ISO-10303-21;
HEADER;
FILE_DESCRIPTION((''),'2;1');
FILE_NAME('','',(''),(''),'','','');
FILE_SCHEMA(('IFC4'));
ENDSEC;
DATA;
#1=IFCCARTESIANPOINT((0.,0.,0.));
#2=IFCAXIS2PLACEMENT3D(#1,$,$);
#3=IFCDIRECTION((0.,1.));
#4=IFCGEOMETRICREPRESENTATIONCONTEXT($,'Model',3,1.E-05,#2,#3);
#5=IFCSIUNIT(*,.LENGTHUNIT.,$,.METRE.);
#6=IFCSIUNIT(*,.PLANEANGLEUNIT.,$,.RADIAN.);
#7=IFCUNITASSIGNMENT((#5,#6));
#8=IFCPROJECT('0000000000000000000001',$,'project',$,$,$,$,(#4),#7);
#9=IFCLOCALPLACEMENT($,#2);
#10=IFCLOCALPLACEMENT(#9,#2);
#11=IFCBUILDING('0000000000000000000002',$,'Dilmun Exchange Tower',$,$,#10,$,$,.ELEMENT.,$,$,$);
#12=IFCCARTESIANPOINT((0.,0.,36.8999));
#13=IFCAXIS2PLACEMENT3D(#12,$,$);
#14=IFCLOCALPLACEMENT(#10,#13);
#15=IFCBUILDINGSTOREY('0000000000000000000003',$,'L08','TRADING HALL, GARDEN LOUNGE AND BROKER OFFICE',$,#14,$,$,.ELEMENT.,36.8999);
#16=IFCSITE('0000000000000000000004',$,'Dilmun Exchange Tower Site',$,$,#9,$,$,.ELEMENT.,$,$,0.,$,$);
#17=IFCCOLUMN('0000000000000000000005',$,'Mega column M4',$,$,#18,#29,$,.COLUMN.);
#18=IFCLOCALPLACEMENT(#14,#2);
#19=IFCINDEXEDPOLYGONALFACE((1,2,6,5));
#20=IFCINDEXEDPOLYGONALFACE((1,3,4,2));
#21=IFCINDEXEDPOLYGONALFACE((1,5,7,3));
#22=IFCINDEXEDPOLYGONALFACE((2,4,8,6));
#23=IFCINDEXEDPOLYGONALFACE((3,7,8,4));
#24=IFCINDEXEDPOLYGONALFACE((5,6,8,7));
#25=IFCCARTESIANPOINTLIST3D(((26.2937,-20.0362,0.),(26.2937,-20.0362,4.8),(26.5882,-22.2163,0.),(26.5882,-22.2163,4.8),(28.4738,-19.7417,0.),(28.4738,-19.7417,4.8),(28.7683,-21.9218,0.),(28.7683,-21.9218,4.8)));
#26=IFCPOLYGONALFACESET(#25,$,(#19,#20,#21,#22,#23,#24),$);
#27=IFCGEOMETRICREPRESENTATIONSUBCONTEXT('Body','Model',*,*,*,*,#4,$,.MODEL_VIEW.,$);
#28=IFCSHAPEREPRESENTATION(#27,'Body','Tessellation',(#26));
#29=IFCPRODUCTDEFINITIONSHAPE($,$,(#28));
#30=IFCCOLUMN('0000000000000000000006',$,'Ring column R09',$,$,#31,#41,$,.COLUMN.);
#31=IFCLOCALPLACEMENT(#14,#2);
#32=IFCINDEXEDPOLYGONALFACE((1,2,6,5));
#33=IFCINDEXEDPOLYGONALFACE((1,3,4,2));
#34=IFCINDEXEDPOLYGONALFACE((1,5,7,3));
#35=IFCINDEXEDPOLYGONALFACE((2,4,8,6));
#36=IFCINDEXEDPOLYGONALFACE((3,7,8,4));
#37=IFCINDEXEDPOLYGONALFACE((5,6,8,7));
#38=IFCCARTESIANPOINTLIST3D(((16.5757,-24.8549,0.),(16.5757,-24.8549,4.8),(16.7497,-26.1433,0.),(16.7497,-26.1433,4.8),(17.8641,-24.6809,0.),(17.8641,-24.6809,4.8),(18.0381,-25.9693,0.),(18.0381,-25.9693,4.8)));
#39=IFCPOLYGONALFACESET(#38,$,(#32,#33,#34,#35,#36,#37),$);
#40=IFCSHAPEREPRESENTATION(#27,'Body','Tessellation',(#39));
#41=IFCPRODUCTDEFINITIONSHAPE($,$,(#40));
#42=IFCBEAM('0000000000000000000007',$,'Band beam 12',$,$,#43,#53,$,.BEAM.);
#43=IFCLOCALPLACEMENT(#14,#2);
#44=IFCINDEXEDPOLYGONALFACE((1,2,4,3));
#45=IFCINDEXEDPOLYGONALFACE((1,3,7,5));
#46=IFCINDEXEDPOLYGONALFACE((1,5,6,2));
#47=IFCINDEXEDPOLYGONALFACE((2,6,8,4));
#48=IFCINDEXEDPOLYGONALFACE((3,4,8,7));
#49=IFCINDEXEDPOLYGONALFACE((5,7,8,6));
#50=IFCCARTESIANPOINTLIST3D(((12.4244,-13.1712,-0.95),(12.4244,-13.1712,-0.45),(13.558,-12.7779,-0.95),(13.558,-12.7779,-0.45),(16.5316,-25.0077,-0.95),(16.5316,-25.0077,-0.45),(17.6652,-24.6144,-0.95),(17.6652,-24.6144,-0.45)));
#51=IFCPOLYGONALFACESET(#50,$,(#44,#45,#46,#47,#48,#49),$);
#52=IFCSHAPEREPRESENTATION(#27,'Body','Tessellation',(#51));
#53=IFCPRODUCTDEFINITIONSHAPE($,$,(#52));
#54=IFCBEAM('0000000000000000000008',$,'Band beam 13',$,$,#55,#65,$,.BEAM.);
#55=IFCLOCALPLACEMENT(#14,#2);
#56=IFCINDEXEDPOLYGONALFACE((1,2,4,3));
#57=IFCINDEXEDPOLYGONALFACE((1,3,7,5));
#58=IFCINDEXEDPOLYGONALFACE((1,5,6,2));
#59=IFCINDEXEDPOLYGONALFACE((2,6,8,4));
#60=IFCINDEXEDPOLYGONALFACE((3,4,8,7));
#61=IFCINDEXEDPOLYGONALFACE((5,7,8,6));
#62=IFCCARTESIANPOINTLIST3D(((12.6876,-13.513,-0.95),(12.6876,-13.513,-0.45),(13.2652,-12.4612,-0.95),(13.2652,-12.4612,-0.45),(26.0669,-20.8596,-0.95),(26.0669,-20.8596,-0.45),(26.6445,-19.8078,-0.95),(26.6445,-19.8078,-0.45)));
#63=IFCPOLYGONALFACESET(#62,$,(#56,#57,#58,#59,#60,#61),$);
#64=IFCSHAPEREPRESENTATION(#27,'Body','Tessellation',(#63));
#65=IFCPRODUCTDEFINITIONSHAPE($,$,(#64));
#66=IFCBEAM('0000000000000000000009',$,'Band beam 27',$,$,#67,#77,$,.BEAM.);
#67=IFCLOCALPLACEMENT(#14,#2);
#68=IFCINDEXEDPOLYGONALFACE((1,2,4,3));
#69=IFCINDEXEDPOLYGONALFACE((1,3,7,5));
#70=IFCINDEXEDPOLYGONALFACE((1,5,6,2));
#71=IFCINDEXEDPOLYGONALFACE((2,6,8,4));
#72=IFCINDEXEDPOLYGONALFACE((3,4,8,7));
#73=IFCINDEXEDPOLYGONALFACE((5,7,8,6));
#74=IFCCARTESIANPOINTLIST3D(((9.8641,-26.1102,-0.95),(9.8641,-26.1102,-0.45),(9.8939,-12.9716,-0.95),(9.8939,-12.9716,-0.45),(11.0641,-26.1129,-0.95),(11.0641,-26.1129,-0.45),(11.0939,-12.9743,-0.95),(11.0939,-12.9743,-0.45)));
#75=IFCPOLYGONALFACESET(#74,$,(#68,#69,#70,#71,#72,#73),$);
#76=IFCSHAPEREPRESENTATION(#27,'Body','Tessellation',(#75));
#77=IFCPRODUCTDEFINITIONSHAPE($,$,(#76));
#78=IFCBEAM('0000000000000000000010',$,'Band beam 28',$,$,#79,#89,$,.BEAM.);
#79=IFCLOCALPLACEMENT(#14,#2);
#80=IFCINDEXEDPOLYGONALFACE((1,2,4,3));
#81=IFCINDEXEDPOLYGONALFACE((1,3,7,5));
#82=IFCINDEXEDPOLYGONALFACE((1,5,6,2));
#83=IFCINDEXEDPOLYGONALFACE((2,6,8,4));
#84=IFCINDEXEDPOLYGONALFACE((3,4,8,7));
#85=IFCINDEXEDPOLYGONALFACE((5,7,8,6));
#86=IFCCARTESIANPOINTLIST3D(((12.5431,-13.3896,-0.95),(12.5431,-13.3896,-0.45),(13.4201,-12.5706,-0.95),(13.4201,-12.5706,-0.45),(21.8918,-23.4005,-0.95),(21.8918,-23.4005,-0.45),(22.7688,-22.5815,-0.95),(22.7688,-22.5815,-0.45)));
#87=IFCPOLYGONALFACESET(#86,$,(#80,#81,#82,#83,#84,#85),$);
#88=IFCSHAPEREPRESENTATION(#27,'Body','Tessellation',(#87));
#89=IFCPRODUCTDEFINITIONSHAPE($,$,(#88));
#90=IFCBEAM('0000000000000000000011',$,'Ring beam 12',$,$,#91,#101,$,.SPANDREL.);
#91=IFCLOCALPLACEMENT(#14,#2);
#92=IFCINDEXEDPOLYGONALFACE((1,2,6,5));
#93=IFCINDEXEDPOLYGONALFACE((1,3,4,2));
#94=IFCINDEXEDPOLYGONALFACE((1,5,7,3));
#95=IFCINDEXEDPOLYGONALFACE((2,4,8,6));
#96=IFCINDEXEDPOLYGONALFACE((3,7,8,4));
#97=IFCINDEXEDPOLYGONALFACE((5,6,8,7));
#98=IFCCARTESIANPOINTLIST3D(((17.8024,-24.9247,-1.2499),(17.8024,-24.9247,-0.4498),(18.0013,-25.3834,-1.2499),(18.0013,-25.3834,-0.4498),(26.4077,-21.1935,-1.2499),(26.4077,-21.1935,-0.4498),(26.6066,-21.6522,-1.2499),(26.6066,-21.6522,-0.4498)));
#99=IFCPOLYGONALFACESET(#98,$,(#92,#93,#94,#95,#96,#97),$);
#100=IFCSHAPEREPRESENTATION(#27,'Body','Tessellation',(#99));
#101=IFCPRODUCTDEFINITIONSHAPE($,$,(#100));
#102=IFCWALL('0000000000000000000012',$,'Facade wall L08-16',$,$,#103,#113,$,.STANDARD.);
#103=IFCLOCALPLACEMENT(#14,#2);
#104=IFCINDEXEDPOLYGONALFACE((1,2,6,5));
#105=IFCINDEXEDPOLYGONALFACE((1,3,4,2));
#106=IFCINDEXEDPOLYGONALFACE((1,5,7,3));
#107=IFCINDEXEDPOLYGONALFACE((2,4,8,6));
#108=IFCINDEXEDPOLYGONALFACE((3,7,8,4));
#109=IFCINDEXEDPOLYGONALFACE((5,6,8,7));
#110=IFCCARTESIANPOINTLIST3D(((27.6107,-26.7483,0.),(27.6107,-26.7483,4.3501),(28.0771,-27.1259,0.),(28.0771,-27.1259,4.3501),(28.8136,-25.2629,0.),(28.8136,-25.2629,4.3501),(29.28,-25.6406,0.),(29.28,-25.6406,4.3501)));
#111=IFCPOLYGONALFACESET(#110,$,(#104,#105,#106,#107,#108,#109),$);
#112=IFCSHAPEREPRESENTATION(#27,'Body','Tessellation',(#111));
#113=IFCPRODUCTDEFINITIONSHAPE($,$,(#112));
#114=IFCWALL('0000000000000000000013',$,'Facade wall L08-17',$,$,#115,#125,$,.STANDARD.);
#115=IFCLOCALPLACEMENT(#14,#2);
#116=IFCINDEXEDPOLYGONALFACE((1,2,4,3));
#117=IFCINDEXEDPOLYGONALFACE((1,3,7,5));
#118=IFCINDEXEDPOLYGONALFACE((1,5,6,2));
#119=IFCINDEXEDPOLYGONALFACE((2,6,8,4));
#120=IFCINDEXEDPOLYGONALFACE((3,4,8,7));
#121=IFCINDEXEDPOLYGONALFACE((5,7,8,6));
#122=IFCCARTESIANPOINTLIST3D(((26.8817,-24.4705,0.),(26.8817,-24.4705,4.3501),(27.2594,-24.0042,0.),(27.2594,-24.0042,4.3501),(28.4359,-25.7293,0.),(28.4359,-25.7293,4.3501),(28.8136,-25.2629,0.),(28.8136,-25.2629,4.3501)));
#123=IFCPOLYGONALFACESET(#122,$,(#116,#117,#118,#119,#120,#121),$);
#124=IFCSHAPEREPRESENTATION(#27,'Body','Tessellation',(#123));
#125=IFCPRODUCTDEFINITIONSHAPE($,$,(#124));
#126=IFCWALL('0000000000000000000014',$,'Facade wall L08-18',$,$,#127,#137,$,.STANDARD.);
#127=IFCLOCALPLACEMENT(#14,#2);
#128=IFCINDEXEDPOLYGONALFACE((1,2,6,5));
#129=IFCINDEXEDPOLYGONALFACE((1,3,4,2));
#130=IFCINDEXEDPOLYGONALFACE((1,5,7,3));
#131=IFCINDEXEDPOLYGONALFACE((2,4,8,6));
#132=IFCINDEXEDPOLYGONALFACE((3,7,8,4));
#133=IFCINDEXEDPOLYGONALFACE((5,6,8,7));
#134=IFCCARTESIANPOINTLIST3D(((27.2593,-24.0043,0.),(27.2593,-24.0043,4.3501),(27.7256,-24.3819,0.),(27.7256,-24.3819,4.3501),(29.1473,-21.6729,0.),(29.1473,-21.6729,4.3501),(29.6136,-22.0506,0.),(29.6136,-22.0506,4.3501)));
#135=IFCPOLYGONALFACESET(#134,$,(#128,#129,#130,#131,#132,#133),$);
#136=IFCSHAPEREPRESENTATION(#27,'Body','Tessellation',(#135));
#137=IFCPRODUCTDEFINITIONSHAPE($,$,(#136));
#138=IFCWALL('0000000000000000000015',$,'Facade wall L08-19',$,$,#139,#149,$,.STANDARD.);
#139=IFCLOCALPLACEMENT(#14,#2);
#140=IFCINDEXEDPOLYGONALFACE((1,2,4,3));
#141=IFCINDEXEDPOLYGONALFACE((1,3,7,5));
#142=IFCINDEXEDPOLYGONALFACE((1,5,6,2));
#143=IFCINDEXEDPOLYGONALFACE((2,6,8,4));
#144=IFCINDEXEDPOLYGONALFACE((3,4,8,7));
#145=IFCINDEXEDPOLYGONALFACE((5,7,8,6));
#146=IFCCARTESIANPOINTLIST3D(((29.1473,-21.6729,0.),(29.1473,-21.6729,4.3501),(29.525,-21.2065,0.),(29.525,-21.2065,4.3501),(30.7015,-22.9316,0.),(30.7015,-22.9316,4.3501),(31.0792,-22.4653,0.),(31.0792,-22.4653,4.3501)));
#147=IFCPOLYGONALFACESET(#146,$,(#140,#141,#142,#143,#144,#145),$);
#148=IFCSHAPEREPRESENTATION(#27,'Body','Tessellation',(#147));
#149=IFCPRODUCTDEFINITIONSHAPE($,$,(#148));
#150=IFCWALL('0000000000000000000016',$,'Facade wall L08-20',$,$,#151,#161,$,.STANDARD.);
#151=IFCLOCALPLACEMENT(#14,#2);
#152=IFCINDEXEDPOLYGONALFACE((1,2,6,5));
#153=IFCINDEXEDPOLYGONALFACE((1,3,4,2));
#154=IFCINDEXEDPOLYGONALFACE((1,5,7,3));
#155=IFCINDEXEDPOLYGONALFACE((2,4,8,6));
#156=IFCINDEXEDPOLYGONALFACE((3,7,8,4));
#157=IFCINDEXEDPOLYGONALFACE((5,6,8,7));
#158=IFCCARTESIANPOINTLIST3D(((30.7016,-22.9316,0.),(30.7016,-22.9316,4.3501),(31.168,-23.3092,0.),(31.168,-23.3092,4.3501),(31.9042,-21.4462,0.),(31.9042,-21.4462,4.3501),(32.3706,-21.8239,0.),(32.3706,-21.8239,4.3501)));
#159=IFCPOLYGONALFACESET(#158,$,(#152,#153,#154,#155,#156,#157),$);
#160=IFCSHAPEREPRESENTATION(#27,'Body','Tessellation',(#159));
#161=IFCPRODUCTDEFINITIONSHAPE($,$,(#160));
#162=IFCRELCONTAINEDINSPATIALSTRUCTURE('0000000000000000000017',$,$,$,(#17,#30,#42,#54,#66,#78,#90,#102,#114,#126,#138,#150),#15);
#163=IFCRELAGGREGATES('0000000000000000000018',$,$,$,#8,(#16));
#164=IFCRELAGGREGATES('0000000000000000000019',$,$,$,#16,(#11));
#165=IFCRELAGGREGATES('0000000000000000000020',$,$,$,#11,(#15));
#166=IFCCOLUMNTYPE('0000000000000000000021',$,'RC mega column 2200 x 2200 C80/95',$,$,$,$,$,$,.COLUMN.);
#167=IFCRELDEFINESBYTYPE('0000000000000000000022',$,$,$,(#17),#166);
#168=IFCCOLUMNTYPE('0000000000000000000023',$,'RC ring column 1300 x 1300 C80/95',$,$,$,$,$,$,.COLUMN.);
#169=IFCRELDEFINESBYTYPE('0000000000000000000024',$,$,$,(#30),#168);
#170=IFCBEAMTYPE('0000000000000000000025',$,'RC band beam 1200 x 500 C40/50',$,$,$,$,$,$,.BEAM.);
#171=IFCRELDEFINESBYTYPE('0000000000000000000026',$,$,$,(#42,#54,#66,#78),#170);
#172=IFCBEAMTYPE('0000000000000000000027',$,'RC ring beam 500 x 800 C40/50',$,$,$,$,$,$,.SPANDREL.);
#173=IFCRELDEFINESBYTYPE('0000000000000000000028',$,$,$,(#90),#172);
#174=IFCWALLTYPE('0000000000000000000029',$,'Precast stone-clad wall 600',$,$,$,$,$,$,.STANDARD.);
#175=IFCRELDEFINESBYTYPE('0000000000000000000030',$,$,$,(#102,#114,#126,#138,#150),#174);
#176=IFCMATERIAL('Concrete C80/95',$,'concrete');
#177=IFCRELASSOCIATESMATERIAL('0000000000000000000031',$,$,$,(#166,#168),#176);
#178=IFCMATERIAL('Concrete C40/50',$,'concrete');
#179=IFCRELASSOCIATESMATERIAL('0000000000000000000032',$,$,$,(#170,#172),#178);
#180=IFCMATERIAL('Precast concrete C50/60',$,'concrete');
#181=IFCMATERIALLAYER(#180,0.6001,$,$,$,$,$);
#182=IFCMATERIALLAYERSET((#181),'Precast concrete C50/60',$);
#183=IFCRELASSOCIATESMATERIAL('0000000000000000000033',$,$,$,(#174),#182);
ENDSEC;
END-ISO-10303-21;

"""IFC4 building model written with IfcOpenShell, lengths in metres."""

from ifc_helpers import new_model, si_unit, direction, frame, frame_2d, origin, origin_2d, place, context, subcontext, project, spatial, rectangle, extrude, material, layer, layer_set, material_profile, profile_set, type_object, element, save


model = new_model("IFC4")

# Units and contexts
model_context = context("Model", 3, precision=1e-05, world=origin(), true_north=direction((0.0, 1.0)))
body_context = subcontext(model_context, "Body", "Model", "MODEL_VIEW")
ifc_project = project(units=[si_unit("LENGTHUNIT", "METRE"), si_unit("PLANEANGLEUNIT", "RADIAN")], contexts=[model_context])

# Site, building, storey
site_placement = place(None, origin())
site = spatial("IfcSite", under=ifc_project, at=site_placement, Name="Dilmun Exchange Tower Site", CompositionType="ELEMENT", RefElevation=0.0)
building_placement = place(site_placement, origin())
building = spatial("IfcBuilding", under=site, at=building_placement, Name="Dilmun Exchange Tower", CompositionType="ELEMENT")
storey_placement = place(building_placement, frame((0.0, 0.0, 36.8999)))
storey = spatial("IfcBuildingStorey", under=building, at=storey_placement, Name="L08", Description="TRADING HALL, GARDEN LOUNGE AND BROKER OFFICE", CompositionType="ELEMENT", Elevation=36.8999)

# Columns
ifc_material_1 = material(Name="Concrete C80/95", Category="concrete")
ifc_material_profile_1 = material_profile(ifc_material_1, rectangle(XDim=2.2, YDim=2.2, at=origin_2d()), Name="2200 x 2200")
ifc_profile_set_1 = profile_set([ifc_material_profile_1], Name="Concrete C80/95")
column_type_1 = type_object("IfcColumnType", Name="RC mega column 2200 x 2200 C80/95", PredefinedType="COLUMN", material=ifc_profile_set_1)
column_1_placement = place(storey_placement, frame((27.531, -20.979, 0.0), z_axis=(0.0, 0.0, 1.0), x_axis=(0.991001, 0.133853, 0.0)))
element("IfcColumn", 1, at=column_1_placement, inside=storey, type_object=column_type_1, Name="Mega column M4", PredefinedType="COLUMN", context=body_context, shape_type="SweptSolid", body=[
    extrude(rectangle(XDim=2.2, YDim=2.2, at=origin_2d()), origin(), (0.0, 0.0, 1.0), 4.8),
])
ifc_material_profile_2 = material_profile(ifc_material_1, rectangle(XDim=1.3, YDim=1.3, at=origin_2d()), Name="1300 x 1300")
ifc_profile_set_2 = profile_set([ifc_material_profile_2], Name="Concrete C80/95")
column_type_2 = type_object("IfcColumnType", Name="RC ring column 1300 x 1300 C80/95", PredefinedType="COLUMN", material=ifc_profile_set_2)
column_2_placement = place(storey_placement, frame((17.3069, -25.4121, 0.0), z_axis=(0.0, 0.0, 1.0), x_axis=(0.991001, 0.133853, 0.0)))
element("IfcColumn", 2, at=column_2_placement, inside=storey, type_object=column_type_2, Name="Ring column R09", PredefinedType="COLUMN", context=body_context, shape_type="SweptSolid", body=[
    extrude(rectangle(XDim=1.3, YDim=1.3, at=origin_2d()), origin(), (0.0, 0.0, 1.0), 4.8),
])

# Beams
ifc_material_2 = material(Name="Concrete C40/50", Category="concrete")
ifc_material_profile_3 = material_profile(ifc_material_2, rectangle(XDim=1.2, YDim=0.5, at=origin_2d()), Name="1200 x 500")
ifc_profile_set_3 = profile_set([ifc_material_profile_3], Name="Concrete C40/50")
beam_type_1 = type_object("IfcBeamType", Name="RC band beam 1200 x 500 C40/50", PredefinedType="BEAM", material=ifc_profile_set_3)
beam_1_placement = place(storey_placement, frame((17.0984, -24.811, -0.7), z_axis=(-0.32782, 0.94474, 0.0), x_axis=(-0.94474, -0.32782, 0.0)))
element("IfcBeam", 3, at=beam_1_placement, inside=storey, type_object=beam_type_1, Name="Band beam 12", PredefinedType="BEAM", context=body_context, shape_type="SweptSolid", body=[
    extrude(rectangle(XDim=1.2, YDim=0.5, at=origin_2d()), origin(), (0.0, 0.0, 1.0), 12.5288),
])
beam_2_placement = place(storey_placement, frame((26.3557, -20.3337, -0.7), z_axis=(-0.876547, 0.481316, 0.0), x_axis=(-0.481316, -0.876547, 0.0)))
element("IfcBeam", 4, at=beam_2_placement, inside=storey, type_object=beam_type_1, Name="Band beam 13", PredefinedType="BEAM", context=body_context, shape_type="SweptSolid", body=[
    extrude(rectangle(XDim=1.2, YDim=0.5, at=origin_2d()), origin(), (0.0, 0.0, 1.0), 15.2637),
])
beam_3_placement = place(storey_placement, frame((10.4641, -26.1116, -0.7), z_axis=(0.002267, 0.999997, 0.0), x_axis=(-0.999997, 0.002267, 0.0)))
element("IfcBeam", 5, at=beam_3_placement, inside=storey, type_object=beam_type_1, Name="Band beam 27", PredefinedType="BEAM", context=body_context, shape_type="SweptSolid", body=[
    extrude(rectangle(XDim=1.2, YDim=0.5, at=origin_2d()), origin(), (0.0, 0.0, 1.0), 13.1387),
])
beam_4_placement = place(storey_placement, frame((22.3303, -22.991, -0.7), z_axis=(-0.682524, 0.730863, 0.0), x_axis=(-0.730863, -0.682524, 0.0)))
element("IfcBeam", 6, at=beam_4_placement, inside=storey, type_object=beam_type_1, Name="Band beam 28", PredefinedType="BEAM", context=body_context, shape_type="SweptSolid", body=[
    extrude(rectangle(XDim=1.2, YDim=0.5, at=origin_2d()), origin(), (0.0, 0.0, 1.0), 13.6973),
])
ifc_material_profile_4 = material_profile(ifc_material_2, rectangle(XDim=0.5, YDim=0.8, at=origin_2d()), Name="500 x 800")
ifc_profile_set_4 = profile_set([ifc_material_profile_4], Name="Concrete C40/50")
beam_type_2 = type_object("IfcBeamType", Name="RC ring beam 500 x 800 C40/50", PredefinedType="SPANDREL", material=ifc_profile_set_4)
beam_5_placement = place(storey_placement, frame((17.9019, -25.1541, -0.8499), z_axis=(0.917467, 0.397811, 0.0), x_axis=(-0.397811, 0.917467, 0.0)))
element("IfcBeam", 7, at=beam_5_placement, inside=storey, type_object=beam_type_2, Name="Ring beam 12", PredefinedType="SPANDREL", context=body_context, shape_type="SweptSolid", body=[
    extrude(rectangle(XDim=0.5, YDim=0.8, at=origin_2d()), origin(), (0.0, 0.0, 1.0), 9.3794),
])

# Walls
ifc_material_3 = material(Name="Precast concrete C50/60", Category="concrete")
ifc_layer = layer(ifc_material_3, 0.6001)
ifc_layer_set = layer_set([ifc_layer], Name="Precast concrete C50/60")
wall_type = type_object("IfcWallType", Name="Precast stone-clad wall 600", PredefinedType="STANDARD", material=ifc_layer_set)
wall_1_placement = place(storey_placement, frame((27.844, -26.937, 0.0), z_axis=(0.0, 0.0, 1.0), x_axis=(0.629342, 0.777129, 0.0)))
element("IfcWall", 8, at=wall_1_placement, inside=storey, type_object=wall_type, Name="Facade wall L08-16", PredefinedType="STANDARD", context=body_context, shape_type="SweptSolid", body=[
    extrude(rectangle(XDim=1.9114, YDim=0.6001, at=frame_2d((0.9556, 0.0))), origin(), (0.0, 0.0, 1.0), 4.3501),
])
wall_2_placement = place(storey_placement, frame((28.6248, -25.4961, 0.0), z_axis=(0.0, 0.0, 1.0), x_axis=(-0.777091, 0.629388, 0.0)))
element("IfcWall", 9, at=wall_2_placement, inside=storey, type_object=wall_type, Name="Facade wall L08-17", PredefinedType="STANDARD", context=body_context, shape_type="SweptSolid", body=[
    extrude(rectangle(XDim=2.0, YDim=0.6001, at=frame_2d((1.0, 0.0))), origin(), (0.0, 0.0, 1.0), 4.3501),
])
wall_3_placement = place(storey_placement, frame((27.4924, -24.1931, 0.0), z_axis=(0.0, 0.0, 1.0), x_axis=(0.629339, 0.777131, 0.0)))
element("IfcWall", 10, at=wall_3_placement, inside=storey, type_object=wall_type, Name="Facade wall L08-18", PredefinedType="STANDARD", context=body_context, shape_type="SweptSolid", body=[
    extrude(rectangle(XDim=3.0, YDim=0.6001, at=frame_2d((1.5, 0.0))), origin(), (0.0, 0.0, 1.0), 4.3501),
])
wall_4_placement = place(storey_placement, frame((29.3362, -21.4397, 0.0), z_axis=(0.0, 0.0, 1.0), x_axis=(0.777091, -0.629388, 0.0)))
element("IfcWall", 11, at=wall_4_placement, inside=storey, type_object=wall_type, Name="Facade wall L08-19", PredefinedType="STANDARD", context=body_context, shape_type="SweptSolid", body=[
    extrude(rectangle(XDim=2.0, YDim=0.6001, at=frame_2d((1.0, 0.0))), origin(), (0.0, 0.0, 1.0), 4.3501),
])
wall_5_placement = place(storey_placement, frame((30.9348, -23.1204, 0.0), z_axis=(0.0, 0.0, 1.0), x_axis=(0.629264, 0.777191, 0.0)))
element("IfcWall", 12, at=wall_5_placement, inside=storey, type_object=wall_type, Name="Facade wall L08-20", PredefinedType="STANDARD", context=body_context, shape_type="SweptSolid", body=[
    extrude(rectangle(XDim=1.9111, YDim=0.6001, at=frame_2d((0.9556, 0.0))), origin(), (0.0, 0.0, 1.0), 4.3501),
])

save(model, "model.ifc")
